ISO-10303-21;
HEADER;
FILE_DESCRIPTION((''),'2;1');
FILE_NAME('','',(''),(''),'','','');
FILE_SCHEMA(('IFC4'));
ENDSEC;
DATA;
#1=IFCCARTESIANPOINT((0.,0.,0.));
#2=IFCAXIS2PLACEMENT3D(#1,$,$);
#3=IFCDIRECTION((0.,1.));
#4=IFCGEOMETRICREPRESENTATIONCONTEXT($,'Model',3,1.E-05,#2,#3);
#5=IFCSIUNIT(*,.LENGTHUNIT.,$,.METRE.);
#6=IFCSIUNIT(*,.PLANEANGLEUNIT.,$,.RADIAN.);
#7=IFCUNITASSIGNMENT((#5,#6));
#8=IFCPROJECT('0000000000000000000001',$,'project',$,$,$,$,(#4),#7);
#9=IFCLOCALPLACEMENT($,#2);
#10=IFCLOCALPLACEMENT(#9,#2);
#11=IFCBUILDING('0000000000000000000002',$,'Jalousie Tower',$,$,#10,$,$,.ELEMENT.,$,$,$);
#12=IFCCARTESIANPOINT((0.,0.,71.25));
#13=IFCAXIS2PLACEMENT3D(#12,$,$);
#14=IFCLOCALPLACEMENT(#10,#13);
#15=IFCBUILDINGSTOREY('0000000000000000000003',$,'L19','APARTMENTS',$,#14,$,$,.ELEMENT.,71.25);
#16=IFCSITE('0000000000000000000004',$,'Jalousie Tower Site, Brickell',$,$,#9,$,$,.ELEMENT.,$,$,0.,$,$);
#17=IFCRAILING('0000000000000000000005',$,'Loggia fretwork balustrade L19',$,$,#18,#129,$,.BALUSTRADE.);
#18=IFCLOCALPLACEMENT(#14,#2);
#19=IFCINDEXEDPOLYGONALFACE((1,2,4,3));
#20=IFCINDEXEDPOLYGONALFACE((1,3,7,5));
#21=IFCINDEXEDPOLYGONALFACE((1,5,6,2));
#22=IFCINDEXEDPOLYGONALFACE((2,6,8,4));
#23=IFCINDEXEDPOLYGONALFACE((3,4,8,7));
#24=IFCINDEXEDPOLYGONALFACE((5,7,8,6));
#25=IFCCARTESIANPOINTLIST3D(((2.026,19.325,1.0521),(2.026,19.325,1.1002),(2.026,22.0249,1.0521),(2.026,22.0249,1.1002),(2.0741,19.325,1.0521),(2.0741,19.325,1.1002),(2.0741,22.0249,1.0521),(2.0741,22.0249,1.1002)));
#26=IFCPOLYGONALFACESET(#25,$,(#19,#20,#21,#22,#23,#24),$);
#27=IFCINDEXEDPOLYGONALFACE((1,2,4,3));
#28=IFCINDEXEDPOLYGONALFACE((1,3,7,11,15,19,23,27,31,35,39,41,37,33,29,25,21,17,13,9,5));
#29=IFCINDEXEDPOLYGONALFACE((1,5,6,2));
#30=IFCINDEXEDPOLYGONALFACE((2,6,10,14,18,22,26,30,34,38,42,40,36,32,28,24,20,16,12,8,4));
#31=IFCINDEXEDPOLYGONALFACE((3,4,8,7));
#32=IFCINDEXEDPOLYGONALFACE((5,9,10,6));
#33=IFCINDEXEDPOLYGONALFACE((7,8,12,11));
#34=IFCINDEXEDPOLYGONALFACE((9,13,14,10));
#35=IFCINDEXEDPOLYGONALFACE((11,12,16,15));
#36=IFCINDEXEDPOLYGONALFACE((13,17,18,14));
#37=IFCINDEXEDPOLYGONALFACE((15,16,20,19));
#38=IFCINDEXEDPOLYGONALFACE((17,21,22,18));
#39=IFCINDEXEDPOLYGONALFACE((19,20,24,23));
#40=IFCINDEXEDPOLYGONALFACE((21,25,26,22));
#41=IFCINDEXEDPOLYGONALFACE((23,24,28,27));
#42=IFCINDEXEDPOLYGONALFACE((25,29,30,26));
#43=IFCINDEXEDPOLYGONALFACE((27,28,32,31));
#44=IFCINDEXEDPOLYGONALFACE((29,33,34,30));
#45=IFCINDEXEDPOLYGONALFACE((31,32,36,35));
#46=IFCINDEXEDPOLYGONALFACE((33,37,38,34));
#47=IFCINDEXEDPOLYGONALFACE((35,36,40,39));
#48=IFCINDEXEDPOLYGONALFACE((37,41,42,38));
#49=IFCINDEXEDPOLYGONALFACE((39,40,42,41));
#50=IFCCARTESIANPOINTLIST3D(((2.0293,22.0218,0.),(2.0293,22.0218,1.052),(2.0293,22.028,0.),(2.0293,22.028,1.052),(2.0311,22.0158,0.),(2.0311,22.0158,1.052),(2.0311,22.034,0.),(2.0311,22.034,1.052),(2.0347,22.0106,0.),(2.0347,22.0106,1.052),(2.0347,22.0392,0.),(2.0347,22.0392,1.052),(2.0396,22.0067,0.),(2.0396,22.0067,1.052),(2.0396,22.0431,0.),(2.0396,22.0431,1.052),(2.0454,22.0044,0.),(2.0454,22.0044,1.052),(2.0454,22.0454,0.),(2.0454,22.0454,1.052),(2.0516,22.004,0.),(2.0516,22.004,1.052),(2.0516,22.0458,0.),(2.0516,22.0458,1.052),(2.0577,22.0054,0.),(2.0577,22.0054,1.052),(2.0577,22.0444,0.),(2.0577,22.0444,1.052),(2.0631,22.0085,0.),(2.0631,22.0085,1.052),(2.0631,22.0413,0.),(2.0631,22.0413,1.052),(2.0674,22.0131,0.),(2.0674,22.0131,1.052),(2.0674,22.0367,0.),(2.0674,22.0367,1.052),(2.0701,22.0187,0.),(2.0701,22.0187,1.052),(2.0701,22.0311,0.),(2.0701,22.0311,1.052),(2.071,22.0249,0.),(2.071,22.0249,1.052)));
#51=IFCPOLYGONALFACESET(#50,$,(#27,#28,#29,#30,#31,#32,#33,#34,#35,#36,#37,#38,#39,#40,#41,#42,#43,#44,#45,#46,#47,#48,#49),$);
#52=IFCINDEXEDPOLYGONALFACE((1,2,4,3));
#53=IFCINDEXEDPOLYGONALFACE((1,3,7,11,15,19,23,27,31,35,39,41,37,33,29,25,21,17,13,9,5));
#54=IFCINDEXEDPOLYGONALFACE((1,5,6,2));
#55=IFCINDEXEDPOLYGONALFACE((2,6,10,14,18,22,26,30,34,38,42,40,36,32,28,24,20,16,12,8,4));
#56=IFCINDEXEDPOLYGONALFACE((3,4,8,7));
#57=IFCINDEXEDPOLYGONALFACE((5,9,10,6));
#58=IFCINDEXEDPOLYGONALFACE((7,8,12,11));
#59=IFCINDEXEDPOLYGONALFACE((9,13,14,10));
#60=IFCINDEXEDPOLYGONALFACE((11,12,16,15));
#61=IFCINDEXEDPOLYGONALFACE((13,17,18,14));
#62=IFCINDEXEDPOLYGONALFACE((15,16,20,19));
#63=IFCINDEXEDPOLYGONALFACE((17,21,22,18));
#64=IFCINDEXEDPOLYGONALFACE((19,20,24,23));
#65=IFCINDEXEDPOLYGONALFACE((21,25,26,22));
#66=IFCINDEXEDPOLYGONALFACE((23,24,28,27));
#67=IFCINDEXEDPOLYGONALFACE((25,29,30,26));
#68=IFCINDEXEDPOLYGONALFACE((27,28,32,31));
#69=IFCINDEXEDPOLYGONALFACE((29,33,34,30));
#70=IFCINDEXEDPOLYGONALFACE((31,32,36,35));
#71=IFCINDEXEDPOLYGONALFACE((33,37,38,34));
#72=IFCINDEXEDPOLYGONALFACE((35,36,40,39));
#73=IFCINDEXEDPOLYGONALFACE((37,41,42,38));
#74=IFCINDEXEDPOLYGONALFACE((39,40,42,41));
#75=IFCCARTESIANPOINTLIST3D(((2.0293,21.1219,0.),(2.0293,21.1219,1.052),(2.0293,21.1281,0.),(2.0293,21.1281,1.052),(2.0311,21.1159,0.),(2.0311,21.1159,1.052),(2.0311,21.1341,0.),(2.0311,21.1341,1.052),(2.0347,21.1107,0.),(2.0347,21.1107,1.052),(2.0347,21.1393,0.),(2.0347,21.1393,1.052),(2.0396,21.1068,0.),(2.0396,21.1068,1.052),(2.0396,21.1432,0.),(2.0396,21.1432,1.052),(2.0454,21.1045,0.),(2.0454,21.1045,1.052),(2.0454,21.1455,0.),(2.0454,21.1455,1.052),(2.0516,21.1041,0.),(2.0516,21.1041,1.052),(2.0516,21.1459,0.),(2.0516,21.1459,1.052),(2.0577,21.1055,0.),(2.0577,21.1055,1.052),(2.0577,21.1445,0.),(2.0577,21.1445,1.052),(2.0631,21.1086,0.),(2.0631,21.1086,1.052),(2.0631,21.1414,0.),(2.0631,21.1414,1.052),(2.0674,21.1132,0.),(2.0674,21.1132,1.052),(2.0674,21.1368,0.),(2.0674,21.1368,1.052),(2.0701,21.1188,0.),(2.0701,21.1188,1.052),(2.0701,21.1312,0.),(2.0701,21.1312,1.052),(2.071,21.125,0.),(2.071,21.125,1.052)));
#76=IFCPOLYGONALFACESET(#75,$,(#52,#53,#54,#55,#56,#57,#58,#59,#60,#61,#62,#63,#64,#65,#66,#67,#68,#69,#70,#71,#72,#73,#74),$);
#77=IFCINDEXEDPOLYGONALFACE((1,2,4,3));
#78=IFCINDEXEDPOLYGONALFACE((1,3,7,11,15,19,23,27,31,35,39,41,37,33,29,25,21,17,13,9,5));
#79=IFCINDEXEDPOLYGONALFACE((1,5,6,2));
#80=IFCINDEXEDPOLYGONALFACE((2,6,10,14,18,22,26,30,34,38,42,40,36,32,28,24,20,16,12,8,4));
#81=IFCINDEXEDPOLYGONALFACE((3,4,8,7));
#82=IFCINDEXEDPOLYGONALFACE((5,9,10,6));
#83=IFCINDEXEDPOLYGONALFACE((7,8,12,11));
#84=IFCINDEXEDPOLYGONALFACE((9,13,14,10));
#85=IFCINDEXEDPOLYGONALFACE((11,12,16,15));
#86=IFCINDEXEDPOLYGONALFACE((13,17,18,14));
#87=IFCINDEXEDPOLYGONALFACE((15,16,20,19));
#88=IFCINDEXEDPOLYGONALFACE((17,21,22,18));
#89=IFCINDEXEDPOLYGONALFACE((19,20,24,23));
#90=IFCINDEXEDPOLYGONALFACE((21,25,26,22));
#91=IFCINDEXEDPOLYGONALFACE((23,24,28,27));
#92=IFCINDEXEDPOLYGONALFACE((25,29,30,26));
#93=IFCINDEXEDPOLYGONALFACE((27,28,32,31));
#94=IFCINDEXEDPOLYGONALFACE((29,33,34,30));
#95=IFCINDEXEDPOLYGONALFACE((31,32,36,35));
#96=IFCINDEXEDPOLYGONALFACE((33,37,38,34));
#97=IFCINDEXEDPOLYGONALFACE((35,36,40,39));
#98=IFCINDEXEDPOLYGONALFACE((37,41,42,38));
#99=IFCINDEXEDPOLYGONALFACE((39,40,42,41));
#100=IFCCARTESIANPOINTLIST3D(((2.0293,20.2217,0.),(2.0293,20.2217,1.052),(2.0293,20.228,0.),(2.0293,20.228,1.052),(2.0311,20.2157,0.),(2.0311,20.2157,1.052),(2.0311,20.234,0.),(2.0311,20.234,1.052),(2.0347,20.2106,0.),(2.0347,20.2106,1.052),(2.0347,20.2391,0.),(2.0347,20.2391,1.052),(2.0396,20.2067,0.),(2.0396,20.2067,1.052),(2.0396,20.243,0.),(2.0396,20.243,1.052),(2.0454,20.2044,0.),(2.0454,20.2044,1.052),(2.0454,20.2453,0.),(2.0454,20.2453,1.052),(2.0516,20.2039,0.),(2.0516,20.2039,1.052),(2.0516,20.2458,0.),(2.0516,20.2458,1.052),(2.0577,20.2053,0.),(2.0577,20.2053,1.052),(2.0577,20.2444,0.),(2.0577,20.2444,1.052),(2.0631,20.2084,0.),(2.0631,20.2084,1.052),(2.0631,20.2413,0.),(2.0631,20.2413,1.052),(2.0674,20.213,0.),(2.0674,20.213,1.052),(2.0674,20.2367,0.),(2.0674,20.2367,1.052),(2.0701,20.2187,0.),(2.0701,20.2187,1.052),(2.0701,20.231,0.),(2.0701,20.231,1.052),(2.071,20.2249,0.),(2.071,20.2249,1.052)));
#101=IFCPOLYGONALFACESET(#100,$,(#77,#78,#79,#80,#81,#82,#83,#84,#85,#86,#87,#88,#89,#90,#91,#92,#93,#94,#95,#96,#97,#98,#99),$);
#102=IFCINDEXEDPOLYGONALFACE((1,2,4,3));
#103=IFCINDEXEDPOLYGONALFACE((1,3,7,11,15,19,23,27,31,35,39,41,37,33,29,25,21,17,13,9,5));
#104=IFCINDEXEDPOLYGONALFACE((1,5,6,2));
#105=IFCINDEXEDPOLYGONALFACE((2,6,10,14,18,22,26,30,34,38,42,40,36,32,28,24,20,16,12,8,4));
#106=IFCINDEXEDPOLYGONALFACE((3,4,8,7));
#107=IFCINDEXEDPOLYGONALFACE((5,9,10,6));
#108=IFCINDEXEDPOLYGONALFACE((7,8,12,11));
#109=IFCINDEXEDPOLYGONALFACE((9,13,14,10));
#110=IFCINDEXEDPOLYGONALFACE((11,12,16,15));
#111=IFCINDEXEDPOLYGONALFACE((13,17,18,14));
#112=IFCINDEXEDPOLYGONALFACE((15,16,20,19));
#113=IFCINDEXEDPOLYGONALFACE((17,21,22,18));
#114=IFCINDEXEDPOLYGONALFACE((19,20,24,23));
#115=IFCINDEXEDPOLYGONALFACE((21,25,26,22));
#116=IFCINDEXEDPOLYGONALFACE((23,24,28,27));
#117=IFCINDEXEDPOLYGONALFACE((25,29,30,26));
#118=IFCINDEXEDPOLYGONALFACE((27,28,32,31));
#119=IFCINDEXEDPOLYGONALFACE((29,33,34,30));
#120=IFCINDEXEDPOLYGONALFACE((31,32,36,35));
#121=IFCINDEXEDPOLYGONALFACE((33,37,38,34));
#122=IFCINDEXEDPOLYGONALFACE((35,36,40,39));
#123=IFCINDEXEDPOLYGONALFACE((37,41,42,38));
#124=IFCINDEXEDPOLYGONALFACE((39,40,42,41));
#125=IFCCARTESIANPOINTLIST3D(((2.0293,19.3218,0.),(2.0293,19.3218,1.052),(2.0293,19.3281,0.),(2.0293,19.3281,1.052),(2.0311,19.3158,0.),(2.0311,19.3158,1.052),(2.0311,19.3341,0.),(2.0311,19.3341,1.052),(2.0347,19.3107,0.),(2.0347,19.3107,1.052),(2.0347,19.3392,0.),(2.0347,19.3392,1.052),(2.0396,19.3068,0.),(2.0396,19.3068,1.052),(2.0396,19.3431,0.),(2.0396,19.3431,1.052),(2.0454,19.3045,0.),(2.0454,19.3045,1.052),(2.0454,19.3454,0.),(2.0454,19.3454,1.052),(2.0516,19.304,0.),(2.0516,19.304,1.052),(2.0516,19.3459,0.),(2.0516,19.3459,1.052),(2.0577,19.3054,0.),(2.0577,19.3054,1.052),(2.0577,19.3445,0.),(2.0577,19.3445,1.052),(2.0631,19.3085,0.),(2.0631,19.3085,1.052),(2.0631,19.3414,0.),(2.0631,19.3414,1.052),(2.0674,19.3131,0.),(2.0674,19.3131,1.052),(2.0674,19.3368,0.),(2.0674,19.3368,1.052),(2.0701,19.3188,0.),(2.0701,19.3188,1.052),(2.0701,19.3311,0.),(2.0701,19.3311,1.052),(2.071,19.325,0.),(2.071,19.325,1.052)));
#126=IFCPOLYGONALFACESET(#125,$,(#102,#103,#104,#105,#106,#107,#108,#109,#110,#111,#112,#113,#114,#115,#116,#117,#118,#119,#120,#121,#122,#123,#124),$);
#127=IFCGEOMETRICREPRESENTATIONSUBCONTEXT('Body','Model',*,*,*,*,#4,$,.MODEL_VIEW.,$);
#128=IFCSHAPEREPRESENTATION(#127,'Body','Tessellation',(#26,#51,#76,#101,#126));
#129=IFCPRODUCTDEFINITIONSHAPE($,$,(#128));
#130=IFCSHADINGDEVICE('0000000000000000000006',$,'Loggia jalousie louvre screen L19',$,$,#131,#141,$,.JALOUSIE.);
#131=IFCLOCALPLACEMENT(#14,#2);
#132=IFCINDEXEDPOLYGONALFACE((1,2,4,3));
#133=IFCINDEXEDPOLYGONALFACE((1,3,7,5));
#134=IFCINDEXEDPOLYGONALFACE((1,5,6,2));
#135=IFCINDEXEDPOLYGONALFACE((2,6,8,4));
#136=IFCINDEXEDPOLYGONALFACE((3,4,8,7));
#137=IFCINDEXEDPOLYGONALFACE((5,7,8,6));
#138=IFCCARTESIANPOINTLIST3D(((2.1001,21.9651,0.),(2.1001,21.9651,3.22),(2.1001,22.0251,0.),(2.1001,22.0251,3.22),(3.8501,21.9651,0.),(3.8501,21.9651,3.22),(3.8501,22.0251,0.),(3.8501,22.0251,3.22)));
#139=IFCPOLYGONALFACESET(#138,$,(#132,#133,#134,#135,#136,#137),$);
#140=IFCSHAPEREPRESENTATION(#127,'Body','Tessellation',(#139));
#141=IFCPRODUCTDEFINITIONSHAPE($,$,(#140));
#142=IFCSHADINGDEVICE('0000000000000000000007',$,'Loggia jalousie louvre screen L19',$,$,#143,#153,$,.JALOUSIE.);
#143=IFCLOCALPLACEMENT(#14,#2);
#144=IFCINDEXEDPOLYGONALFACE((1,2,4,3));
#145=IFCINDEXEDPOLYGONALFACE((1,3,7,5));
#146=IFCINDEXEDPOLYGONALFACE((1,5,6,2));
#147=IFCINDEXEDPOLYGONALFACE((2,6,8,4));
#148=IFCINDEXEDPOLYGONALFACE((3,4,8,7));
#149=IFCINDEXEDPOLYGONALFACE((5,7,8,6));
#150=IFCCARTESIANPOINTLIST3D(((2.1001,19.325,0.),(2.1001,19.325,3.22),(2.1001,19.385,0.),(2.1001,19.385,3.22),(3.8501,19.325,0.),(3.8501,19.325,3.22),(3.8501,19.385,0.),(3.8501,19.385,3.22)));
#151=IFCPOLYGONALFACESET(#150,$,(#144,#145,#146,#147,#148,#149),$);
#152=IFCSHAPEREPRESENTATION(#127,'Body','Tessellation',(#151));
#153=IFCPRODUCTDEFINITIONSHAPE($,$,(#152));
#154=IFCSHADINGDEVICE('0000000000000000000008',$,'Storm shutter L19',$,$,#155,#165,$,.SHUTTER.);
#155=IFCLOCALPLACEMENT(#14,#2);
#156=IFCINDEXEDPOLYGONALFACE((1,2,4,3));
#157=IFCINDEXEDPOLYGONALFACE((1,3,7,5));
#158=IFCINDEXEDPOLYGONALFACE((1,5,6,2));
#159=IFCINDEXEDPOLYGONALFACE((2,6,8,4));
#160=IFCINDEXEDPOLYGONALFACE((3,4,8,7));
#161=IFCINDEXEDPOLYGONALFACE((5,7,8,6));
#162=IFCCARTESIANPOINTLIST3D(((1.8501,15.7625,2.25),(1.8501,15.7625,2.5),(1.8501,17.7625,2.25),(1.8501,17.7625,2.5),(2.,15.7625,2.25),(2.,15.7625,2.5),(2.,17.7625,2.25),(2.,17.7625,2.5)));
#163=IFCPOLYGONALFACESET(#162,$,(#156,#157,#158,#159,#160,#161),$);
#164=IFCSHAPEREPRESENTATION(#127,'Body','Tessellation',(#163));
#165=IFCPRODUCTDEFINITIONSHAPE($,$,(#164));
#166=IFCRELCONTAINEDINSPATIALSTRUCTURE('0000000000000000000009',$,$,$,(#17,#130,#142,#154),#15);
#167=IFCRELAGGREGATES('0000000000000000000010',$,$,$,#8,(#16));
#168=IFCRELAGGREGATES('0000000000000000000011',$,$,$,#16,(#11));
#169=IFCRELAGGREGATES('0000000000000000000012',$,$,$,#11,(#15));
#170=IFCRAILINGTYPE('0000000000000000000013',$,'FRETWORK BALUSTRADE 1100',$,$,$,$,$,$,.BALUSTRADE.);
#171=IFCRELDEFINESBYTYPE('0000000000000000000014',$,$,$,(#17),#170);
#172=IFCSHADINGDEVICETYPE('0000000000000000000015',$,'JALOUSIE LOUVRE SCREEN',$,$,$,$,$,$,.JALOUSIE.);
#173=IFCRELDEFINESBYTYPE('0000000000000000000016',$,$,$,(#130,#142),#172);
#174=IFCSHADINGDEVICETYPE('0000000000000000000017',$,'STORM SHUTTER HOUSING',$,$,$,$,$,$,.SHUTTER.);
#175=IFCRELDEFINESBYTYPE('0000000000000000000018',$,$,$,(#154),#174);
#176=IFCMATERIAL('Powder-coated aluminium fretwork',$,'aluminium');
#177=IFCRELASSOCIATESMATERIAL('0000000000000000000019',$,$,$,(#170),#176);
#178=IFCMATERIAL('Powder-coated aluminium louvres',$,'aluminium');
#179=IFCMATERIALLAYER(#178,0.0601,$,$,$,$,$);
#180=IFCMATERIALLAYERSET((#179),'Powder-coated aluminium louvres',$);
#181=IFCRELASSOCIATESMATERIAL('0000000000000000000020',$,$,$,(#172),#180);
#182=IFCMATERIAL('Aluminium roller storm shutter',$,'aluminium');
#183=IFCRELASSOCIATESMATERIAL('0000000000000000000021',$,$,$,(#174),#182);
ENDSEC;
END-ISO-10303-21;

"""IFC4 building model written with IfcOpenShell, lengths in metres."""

from ifc_helpers import new_model, si_unit, direction, frame, origin, origin_2d, place, context, subcontext, project, spatial, rectangle, circle, extrude, material, layer, layer_set, type_object, element, save


model = new_model("IFC4")

# Units and contexts
model_context = context("Model", 3, precision=1e-05, world=origin(), true_north=direction((0.0, 1.0)))
body_context = subcontext(model_context, "Body", "Model", "MODEL_VIEW")
ifc_project = project(units=[si_unit("LENGTHUNIT", "METRE"), si_unit("PLANEANGLEUNIT", "RADIAN")], contexts=[model_context])

# Site, building, storey
site_placement = place(None, origin())
site = spatial("IfcSite", under=ifc_project, at=site_placement, Name="Jalousie Tower Site, Brickell", CompositionType="ELEMENT", RefElevation=0.0)
building_placement = place(site_placement, origin())
building = spatial("IfcBuilding", under=site, at=building_placement, Name="Jalousie Tower", CompositionType="ELEMENT")
storey_placement = place(building_placement, frame((0.0, 0.0, 71.25)))
storey = spatial("IfcBuildingStorey", under=building, at=storey_placement, Name="L19", Description="APARTMENTS", CompositionType="ELEMENT", Elevation=71.25)

# Railing
ifc_material_1 = material(Name="Powder-coated aluminium fretwork", Category="aluminium")
railing_type = type_object("IfcRailingType", Name="FRETWORK BALUSTRADE 1100", PredefinedType="BALUSTRADE", material=ifc_material_1)
railing_placement = place(storey_placement, frame((2.05, 22.0249, 0.0)))
element("IfcRailing", 1, at=railing_placement, inside=storey, type_object=railing_type, Name="Loggia fretwork balustrade L19", PredefinedType="BALUSTRADE", context=body_context, shape_type="SweptSolid", body=[
    extrude(rectangle(XDim=0.0481, YDim=0.0481, at=origin_2d()), frame((0.0, 0.0, 1.0762), z_axis=(0.0, -1.0, 0.0), x_axis=(1.0, 0.0, 0.0)), (0.0, 0.0, 1.0), 2.7),
    extrude(circle(Radius=0.021, at=origin_2d()), origin(), (0.0, 0.0, 1.0), 1.052),
    extrude(circle(Radius=0.021, at=origin_2d()), frame((0.0, -0.8999, 0.0)), (0.0, 0.0, 1.0), 1.052),
    extrude(circle(Radius=0.021, at=origin_2d()), frame((0.0, -1.8, 0.0)), (0.0, 0.0, 1.0), 1.052),
    extrude(circle(Radius=0.021, at=origin_2d()), frame((0.0, -2.7, 0.0)), (0.0, 0.0, 1.0), 1.052),
])

# Shading devices
ifc_material_2 = material(Name="Powder-coated aluminium louvres", Category="aluminium")
ifc_layer_1 = layer(ifc_material_2, 0.0601)
ifc_layer_set_1 = layer_set([ifc_layer_1], Name="Powder-coated aluminium louvres")
shading_device_type_1 = type_object("IfcShadingDeviceType", Name="JALOUSIE LOUVRE SCREEN", PredefinedType="JALOUSIE", material=ifc_layer_set_1)
for number, where, z_axis, x_axis, name in (
    (2, (2.9751, 21.9951, 0.0), (0.0, 0.0, 1.0), (0.0, -1.0, 0.0), "Loggia jalousie louvre screen L19"),
    (3, (2.9751, 19.355, 0.0), (0.0, 0.0, 1.0), (0.0, -1.0, 0.0), "Loggia jalousie louvre screen L19"),
):
    element("IfcShadingDevice", number, at=place(storey_placement, frame(where, z_axis=z_axis, x_axis=x_axis)), inside=storey, type_object=shading_device_type_1, Name=name, PredefinedType="JALOUSIE", context=body_context, shape_type="SweptSolid", body=[
        extrude(rectangle(XDim=0.0601, YDim=1.75, at=origin_2d()), origin(), (0.0, 0.0, 1.0), 3.22),
    ])
ifc_material_3 = material(Name="Aluminium roller storm shutter", Category="aluminium")
shading_device_type_2 = type_object("IfcShadingDeviceType", Name="STORM SHUTTER HOUSING", PredefinedType="SHUTTER", material=ifc_material_3)
shading_device_placement = place(storey_placement, frame((1.925, 16.7625, 2.25), z_axis=(0.0, 0.0, 1.0), x_axis=(0.0, -1.0, 0.0)))
element("IfcShadingDevice", 4, at=shading_device_placement, inside=storey, type_object=shading_device_type_2, Name="Storm shutter L19", PredefinedType="SHUTTER", context=body_context, shape_type="SweptSolid", body=[
    extrude(rectangle(XDim=2.0, YDim=0.1499, at=origin_2d()), origin(), (0.0, 0.0, 1.0), 0.25),
])

save(model, "model.ifc")
